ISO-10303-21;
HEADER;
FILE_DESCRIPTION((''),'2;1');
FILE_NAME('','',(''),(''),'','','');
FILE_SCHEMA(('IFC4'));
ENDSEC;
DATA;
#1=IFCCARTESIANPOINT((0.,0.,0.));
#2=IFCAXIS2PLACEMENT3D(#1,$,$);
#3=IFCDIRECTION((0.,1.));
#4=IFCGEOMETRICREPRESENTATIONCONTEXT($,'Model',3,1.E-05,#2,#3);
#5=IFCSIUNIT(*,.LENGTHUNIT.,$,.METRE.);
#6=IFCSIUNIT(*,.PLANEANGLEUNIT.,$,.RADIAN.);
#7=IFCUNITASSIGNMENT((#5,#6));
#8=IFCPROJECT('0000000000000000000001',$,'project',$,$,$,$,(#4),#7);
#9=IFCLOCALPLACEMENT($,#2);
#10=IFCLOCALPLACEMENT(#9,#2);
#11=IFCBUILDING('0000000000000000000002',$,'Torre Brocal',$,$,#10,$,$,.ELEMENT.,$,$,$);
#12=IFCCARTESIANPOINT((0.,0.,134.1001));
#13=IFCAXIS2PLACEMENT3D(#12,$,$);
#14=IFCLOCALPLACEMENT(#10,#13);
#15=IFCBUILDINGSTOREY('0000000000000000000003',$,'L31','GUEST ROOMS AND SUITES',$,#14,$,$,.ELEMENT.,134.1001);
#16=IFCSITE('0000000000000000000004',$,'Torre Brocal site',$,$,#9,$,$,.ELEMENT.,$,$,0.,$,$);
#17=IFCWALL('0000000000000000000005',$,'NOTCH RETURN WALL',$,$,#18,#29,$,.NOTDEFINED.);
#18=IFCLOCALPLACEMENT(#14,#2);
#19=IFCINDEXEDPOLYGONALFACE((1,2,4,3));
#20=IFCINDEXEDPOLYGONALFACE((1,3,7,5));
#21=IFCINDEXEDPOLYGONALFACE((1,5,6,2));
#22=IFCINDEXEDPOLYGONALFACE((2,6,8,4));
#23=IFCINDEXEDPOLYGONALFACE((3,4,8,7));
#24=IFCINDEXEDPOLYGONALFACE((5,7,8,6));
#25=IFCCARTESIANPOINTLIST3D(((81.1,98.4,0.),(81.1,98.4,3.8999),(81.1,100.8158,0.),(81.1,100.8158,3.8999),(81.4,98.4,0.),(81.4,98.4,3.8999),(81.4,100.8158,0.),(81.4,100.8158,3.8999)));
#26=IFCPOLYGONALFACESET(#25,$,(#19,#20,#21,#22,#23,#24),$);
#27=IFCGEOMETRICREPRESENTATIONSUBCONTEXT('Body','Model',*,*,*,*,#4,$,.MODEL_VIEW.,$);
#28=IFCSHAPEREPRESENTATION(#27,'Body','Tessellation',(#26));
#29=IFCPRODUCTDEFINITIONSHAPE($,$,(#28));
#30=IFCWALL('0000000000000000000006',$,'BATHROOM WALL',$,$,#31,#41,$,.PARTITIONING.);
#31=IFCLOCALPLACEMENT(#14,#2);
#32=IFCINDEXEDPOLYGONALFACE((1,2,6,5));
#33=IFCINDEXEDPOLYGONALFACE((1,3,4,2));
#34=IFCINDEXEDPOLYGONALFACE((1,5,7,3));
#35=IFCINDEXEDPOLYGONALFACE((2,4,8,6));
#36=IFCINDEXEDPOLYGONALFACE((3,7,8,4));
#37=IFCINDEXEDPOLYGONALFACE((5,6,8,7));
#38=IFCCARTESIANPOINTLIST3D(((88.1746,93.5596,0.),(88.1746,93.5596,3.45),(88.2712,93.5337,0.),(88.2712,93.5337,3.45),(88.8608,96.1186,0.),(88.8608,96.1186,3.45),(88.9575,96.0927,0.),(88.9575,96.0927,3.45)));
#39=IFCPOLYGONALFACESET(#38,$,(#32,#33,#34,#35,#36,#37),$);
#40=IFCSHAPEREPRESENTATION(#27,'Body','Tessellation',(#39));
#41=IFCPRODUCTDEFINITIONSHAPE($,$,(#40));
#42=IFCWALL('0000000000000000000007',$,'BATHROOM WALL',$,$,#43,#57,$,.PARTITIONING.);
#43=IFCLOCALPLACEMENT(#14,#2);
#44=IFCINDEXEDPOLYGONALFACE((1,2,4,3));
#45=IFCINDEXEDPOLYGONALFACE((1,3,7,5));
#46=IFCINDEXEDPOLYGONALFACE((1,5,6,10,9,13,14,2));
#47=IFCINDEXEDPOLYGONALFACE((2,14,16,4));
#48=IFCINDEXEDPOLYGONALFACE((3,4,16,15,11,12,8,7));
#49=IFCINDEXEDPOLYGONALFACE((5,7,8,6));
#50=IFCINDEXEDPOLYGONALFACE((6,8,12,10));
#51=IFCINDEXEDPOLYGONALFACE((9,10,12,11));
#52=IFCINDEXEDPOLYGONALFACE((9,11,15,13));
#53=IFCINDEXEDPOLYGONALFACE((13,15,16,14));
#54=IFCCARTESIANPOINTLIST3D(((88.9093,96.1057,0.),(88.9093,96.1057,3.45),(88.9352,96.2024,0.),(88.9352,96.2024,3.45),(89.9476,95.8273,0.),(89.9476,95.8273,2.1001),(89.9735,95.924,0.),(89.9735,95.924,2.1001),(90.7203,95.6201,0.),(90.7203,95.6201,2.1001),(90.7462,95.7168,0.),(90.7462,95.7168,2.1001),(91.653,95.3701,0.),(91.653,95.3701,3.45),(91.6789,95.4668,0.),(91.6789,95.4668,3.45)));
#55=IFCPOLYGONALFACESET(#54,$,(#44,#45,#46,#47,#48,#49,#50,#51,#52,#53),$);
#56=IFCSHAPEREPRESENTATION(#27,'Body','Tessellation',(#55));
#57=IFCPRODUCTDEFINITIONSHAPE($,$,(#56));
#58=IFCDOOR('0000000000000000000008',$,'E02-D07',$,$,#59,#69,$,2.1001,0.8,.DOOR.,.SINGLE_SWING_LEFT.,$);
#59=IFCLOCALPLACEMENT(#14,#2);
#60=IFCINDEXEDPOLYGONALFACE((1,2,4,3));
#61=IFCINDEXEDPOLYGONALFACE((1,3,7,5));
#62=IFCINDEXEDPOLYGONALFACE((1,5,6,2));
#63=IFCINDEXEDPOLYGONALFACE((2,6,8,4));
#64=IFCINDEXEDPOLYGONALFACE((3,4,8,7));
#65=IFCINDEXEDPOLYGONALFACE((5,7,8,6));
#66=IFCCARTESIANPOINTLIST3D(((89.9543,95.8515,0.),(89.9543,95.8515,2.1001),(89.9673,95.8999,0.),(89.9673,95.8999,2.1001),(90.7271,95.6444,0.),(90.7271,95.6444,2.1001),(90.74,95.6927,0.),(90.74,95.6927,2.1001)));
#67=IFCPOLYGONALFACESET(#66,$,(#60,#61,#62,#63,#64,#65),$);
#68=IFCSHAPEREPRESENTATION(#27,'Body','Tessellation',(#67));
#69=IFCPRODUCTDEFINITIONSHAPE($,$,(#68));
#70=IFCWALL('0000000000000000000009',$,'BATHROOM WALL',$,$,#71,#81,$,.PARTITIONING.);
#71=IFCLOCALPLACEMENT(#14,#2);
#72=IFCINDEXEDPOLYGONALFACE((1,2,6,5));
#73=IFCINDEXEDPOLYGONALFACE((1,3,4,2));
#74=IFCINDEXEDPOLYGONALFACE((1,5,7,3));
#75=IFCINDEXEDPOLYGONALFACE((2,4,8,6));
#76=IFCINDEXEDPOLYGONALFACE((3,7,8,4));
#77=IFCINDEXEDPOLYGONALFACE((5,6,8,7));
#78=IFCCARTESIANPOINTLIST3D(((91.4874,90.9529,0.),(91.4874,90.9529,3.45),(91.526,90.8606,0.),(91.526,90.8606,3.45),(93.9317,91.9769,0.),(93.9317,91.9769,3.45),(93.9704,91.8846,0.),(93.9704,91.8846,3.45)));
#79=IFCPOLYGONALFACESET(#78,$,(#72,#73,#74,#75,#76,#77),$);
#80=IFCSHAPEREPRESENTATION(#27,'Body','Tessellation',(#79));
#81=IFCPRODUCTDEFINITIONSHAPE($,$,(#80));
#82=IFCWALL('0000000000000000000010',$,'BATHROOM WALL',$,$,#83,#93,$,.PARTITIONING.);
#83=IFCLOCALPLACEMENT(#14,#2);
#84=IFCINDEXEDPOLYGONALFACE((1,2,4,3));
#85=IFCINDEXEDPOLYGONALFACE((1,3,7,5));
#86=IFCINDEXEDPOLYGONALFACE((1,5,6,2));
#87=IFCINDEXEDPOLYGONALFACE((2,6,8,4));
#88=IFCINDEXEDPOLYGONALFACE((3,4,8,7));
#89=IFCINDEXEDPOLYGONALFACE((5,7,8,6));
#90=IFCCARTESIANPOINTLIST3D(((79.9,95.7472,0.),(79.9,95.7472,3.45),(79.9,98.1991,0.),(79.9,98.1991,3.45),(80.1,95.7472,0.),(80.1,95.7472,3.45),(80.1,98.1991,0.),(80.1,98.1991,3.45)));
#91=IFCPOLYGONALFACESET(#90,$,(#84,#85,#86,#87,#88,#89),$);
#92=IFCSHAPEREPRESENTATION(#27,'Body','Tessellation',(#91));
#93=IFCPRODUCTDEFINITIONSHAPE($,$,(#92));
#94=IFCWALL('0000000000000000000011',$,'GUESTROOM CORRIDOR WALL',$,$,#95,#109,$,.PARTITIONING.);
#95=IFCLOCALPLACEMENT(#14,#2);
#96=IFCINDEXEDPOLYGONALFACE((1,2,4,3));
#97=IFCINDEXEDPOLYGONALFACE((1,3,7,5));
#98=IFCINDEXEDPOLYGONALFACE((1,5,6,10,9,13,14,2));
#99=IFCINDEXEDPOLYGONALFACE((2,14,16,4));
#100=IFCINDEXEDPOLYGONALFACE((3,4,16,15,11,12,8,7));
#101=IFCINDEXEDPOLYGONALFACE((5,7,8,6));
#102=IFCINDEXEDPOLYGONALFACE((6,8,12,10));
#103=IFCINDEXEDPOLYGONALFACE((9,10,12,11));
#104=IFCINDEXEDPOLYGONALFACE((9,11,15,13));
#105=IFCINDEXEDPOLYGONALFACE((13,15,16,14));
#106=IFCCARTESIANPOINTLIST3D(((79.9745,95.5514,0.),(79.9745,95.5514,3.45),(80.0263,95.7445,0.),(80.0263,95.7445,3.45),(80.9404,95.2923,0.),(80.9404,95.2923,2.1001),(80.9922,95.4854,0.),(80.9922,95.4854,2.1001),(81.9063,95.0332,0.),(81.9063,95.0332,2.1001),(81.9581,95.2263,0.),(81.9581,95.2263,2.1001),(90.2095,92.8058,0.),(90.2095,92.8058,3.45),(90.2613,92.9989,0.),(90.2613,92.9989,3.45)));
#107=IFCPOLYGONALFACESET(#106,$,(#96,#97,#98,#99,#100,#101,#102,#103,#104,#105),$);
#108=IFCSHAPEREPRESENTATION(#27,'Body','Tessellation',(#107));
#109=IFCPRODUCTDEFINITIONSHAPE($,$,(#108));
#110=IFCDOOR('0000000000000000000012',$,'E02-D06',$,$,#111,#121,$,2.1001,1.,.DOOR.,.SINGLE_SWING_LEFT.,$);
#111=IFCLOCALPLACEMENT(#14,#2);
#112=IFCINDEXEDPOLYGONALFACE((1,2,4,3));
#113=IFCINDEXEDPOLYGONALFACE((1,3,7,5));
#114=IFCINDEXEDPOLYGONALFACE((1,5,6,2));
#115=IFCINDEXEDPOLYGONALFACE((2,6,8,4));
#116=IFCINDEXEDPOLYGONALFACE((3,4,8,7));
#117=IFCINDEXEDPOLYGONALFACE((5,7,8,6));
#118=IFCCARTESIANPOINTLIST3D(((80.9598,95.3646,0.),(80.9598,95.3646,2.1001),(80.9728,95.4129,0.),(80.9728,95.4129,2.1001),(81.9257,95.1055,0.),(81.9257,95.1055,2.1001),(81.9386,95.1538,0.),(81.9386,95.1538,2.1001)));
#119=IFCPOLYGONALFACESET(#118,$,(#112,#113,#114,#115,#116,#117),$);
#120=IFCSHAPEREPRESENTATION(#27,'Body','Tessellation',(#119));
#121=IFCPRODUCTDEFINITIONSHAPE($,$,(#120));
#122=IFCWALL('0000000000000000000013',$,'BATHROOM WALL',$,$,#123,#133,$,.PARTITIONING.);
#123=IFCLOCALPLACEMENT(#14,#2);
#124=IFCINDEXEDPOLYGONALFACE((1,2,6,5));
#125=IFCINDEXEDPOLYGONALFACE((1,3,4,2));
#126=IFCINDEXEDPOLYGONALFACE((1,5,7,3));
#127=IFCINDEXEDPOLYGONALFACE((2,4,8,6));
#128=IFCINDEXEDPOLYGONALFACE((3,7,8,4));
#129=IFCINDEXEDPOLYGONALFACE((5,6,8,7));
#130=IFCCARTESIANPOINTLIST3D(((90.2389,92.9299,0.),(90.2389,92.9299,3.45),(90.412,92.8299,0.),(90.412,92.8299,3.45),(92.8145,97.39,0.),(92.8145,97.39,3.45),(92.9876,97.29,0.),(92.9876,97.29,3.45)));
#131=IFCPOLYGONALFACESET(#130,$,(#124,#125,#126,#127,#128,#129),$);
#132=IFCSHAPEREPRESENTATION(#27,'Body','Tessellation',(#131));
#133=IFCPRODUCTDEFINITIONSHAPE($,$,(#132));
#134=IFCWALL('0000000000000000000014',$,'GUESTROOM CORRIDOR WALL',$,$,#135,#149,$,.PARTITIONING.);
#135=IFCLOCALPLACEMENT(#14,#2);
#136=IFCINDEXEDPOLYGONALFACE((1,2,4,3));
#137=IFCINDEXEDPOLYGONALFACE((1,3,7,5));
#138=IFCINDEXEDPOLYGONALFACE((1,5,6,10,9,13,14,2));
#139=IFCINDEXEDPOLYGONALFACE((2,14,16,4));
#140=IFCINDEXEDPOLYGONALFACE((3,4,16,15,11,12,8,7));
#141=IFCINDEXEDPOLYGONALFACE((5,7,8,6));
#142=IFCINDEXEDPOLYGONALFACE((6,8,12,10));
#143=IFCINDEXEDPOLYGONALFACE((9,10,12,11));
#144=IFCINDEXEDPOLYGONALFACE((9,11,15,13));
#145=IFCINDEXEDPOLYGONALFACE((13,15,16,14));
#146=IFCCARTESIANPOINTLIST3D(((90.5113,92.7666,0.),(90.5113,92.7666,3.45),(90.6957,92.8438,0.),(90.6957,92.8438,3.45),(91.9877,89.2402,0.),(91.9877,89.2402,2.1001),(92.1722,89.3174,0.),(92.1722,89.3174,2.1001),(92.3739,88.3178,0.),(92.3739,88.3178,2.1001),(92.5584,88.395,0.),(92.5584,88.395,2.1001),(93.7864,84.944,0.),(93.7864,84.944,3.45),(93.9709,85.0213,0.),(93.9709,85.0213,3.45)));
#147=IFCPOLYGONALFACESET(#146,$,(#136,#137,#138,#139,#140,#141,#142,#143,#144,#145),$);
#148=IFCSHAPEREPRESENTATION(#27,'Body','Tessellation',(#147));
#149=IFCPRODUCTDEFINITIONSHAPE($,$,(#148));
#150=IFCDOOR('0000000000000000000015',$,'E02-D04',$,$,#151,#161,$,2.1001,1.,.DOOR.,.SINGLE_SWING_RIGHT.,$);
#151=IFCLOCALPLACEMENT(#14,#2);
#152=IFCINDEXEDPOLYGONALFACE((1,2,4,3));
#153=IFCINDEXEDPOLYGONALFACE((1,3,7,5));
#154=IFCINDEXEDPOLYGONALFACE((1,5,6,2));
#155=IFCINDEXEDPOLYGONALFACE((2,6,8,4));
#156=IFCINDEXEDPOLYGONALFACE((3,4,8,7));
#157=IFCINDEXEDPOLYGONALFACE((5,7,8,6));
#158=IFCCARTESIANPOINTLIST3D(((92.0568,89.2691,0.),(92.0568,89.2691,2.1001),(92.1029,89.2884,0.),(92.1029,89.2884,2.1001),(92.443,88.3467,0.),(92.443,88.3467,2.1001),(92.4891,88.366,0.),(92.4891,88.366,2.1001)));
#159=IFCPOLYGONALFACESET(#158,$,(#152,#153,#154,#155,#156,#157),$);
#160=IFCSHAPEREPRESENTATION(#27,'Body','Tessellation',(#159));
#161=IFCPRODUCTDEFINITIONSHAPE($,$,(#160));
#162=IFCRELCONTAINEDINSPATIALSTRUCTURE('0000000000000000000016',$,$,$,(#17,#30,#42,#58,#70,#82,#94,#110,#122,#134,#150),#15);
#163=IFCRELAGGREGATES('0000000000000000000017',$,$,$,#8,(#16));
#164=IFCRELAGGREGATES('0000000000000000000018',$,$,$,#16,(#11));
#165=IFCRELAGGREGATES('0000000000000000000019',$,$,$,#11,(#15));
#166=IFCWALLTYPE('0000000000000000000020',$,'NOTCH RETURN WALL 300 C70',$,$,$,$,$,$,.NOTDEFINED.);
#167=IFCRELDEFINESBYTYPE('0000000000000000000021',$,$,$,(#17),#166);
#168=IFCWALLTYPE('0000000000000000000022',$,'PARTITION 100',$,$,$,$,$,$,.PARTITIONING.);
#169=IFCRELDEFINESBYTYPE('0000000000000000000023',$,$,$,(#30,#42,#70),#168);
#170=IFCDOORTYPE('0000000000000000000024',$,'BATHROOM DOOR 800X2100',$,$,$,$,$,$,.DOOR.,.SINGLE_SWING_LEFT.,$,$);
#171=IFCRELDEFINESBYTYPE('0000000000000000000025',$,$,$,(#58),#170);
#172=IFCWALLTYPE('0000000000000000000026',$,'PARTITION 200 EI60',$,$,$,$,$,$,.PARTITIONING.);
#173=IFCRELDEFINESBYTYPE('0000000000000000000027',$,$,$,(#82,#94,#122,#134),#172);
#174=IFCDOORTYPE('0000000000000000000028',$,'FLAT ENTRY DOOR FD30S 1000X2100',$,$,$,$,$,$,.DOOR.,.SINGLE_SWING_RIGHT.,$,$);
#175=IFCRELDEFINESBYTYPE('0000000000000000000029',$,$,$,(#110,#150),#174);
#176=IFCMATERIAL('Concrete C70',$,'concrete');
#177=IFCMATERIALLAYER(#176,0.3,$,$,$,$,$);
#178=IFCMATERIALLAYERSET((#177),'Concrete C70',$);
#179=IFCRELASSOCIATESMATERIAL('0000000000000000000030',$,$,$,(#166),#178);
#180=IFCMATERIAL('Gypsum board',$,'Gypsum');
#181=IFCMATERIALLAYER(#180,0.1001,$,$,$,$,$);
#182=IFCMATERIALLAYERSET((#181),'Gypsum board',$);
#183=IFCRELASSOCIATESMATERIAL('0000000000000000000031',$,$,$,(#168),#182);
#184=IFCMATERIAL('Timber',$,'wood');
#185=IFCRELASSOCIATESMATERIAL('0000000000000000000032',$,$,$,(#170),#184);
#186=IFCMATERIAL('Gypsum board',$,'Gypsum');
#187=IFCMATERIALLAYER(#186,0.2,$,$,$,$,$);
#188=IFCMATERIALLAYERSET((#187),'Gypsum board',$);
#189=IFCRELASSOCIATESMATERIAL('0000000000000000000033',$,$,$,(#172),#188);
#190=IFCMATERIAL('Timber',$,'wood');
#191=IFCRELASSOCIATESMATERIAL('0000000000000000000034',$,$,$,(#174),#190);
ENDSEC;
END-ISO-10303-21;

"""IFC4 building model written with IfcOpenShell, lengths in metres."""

from ifc_helpers import new_model, si_unit, direction, frame, frame_2d, origin, place, context, subcontext, project, spatial, rectangle, extrude, material, layer, layer_set, type_object, element, fill, save


model = new_model("IFC4")

# Units and contexts
model_context = context("Model", 3, precision=1e-05, world=origin(), true_north=direction((0.0, 1.0)))
body_context = subcontext(model_context, "Body", "Model", "MODEL_VIEW")
ifc_project = project(units=[si_unit("LENGTHUNIT", "METRE"), si_unit("PLANEANGLEUNIT", "RADIAN")], contexts=[model_context])

# Site, building, storey
site_placement = place(None, origin())
site = spatial("IfcSite", under=ifc_project, at=site_placement, Name="Torre Brocal site", CompositionType="ELEMENT", RefElevation=0.0)
building_placement = place(site_placement, origin())
building = spatial("IfcBuilding", under=site, at=building_placement, Name="Torre Brocal", CompositionType="ELEMENT")
storey_placement = place(building_placement, frame((0.0, 0.0, 134.1001)))
storey = spatial("IfcBuildingStorey", under=building, at=storey_placement, Name="L31", Description="GUEST ROOMS AND SUITES", CompositionType="ELEMENT", Elevation=134.1001)

# Walls
ifc_material_1 = material(Name="Concrete C70", Category="concrete")
ifc_layer_1 = layer(ifc_material_1, 0.3)
ifc_layer_set_1 = layer_set([ifc_layer_1], Name="Concrete C70")
wall_type_1 = type_object("IfcWallType", Name="NOTCH RETURN WALL 300 C70", PredefinedType="NOTDEFINED", material=ifc_layer_set_1)
wall_1_placement = place(storey_placement, frame((81.25, 98.3999, 0.0), z_axis=(0.0, 0.0, 1.0), x_axis=(0.0, 1.0, 0.0)))
element("IfcWall", 1, at=wall_1_placement, inside=storey, type_object=wall_type_1, Name="NOTCH RETURN WALL", PredefinedType="NOTDEFINED", context=body_context, shape_type="SweptSolid", body=[
    extrude(rectangle(XDim=2.4158, YDim=0.3, at=frame_2d((1.208, 0.0))), origin(), (0.0, 0.0, 1.0), 3.8999),
])
ifc_material_2 = material(Name="Gypsum board", Category="Gypsum")
ifc_layer_2 = layer(ifc_material_2, 0.1001)
ifc_layer_set_2 = layer_set([ifc_layer_2], Name="Gypsum board")
wall_type_2 = type_object("IfcWallType", Name="PARTITION 100", PredefinedType="PARTITIONING", material=ifc_layer_set_2)
wall_2_placement = place(storey_placement, frame((88.2229, 93.5466, 0.0), z_axis=(0.0, 0.0, 1.0), x_axis=(0.259022, 0.965872, 0.0)))
element("IfcWall", 2, at=wall_2_placement, inside=storey, type_object=wall_type_2, Name="BATHROOM WALL", PredefinedType="PARTITIONING", context=body_context, shape_type="SweptSolid", body=[
    extrude(rectangle(XDim=2.6494, YDim=0.1001, at=frame_2d((1.3247, 0.0))), origin(), (0.0, 0.0, 1.0), 3.45),
])

# Wall, opening, door
wall_3_placement = place(storey_placement, frame((88.9221, 96.1541, 0.0), z_axis=(0.0, 0.0, 1.0), x_axis=(0.965887, -0.258962, 0.0)))
wall_3 = element("IfcWall", 3, at=wall_3_placement, inside=storey, type_object=wall_type_2, Name="BATHROOM WALL", PredefinedType="PARTITIONING", context=body_context, shape_type="SweptSolid", body=[
    extrude(rectangle(XDim=2.8406, YDim=0.1001, at=frame_2d((1.4204, 0.0))), origin(), (0.0, 0.0, 1.0), 3.45),
])
opening_1_placement = place(wall_3_placement, frame((1.0752, 0.0, 0.0)))
opening_1 = element("IfcOpeningElement", 4, at=opening_1_placement, cuts=wall_3, PredefinedType="OPENING", context=body_context, shape_type="SweptSolid", body=[
    extrude(rectangle(XDim=0.8, YDim=2.1001, at=frame_2d((0.3999, 1.05))), frame((0.0, 0.0601, 0.0), z_axis=(0.0, -1.0, 0.0), x_axis=(1.0, 0.0, 0.0)), (0.0, 0.0, 1.0), 0.1201),
])
ifc_material_3 = material(Name="Timber", Category="wood")
door_type_1 = type_object("IfcDoorType", Name="BATHROOM DOOR 800X2100", OperationType="SINGLE_SWING_LEFT", PredefinedType="DOOR", material=ifc_material_3)
door_1_placement = place(opening_1_placement, frame((0.8, 0.0, 0.0), z_axis=(0.0, 0.0, 1.0), x_axis=(-1.0, 0.0, 0.0)))
door_1 = element("IfcDoor", 5, at=door_1_placement, inside=storey, type_object=door_type_1, Name="E02-D07", OperationType="SINGLE_SWING_LEFT", OverallHeight=2.1001, OverallWidth=0.8, PredefinedType="DOOR", context=body_context, shape_type="SweptSolid", body=[
    extrude(rectangle(XDim=0.8, YDim=2.1001, at=frame_2d((0.3999, 1.05))), frame((0.0, 0.0249, 0.0), z_axis=(0.0, -1.0, 0.0), x_axis=(1.0, 0.0, 0.0)), (0.0, 0.0, 1.0), 0.05),
])
fill(opening_1, door_1)

# Walls
wall_4_placement = place(storey_placement, frame((91.5066, 90.9067, 0.0), z_axis=(0.0, 0.0, 1.0), x_axis=(0.922345, 0.386368, 0.0)))
element("IfcWall", 6, at=wall_4_placement, inside=storey, type_object=wall_type_2, Name="BATHROOM WALL", PredefinedType="PARTITIONING", context=body_context, shape_type="SweptSolid", body=[
    extrude(rectangle(XDim=2.6501, YDim=0.1001, at=frame_2d((1.3252, 0.0))), origin(), (0.0, 0.0, 1.0), 3.45),
])
ifc_material_4 = material(Name="Gypsum board", Category="Gypsum")
ifc_layer_3 = layer(ifc_material_4, 0.2)
ifc_layer_set_3 = layer_set([ifc_layer_3], Name="Gypsum board")
wall_type_3 = type_object("IfcWallType", Name="PARTITION 200 EI60", PredefinedType="PARTITIONING", material=ifc_layer_set_3)
wall_5_placement = place(storey_placement, frame((80.0, 95.7471, 0.0), z_axis=(0.0, 0.0, 1.0), x_axis=(0.0, 1.0, 0.0)))
element("IfcWall", 7, at=wall_5_placement, inside=storey, type_object=wall_type_3, Name="BATHROOM WALL", PredefinedType="PARTITIONING", context=body_context, shape_type="SweptSolid", body=[
    extrude(rectangle(XDim=2.4519, YDim=0.2, at=frame_2d((1.2261, 0.0))), origin(), (0.0, 0.0, 1.0), 3.45),
])

# Wall, opening, door
wall_6_placement = place(storey_placement, frame((80.0005, 95.6479, 0.0), z_axis=(0.0, 0.0, 1.0), x_axis=(0.965852, -0.259093, 0.0)))
wall_6 = element("IfcWall", 8, at=wall_6_placement, inside=storey, type_object=wall_type_3, Name="GUESTROOM CORRIDOR WALL", PredefinedType="PARTITIONING", context=body_context, shape_type="SweptSolid", body=[
    extrude(rectangle(XDim=10.5969, YDim=0.2, at=frame_2d((5.2983, 0.0))), origin(), (0.0, 0.0, 1.0), 3.45),
])
opening_2_placement = place(wall_6_placement, frame((1.0, 0.0, 0.0)))
opening_2 = element("IfcOpeningElement", 9, at=opening_2_placement, cuts=wall_6, PredefinedType="OPENING", context=body_context, shape_type="SweptSolid", body=[
    extrude(rectangle(XDim=1.0, YDim=2.1001, at=frame_2d((0.5, 1.05))), frame((0.0, 0.1099, 0.0), z_axis=(0.0, -1.0, 0.0), x_axis=(1.0, 0.0, 0.0)), (0.0, 0.0, 1.0), 0.22),
])
ifc_material_5 = material(Name="Timber", Category="wood")
door_type_2 = type_object("IfcDoorType", Name="FLAT ENTRY DOOR FD30S 1000X2100", OperationType="SINGLE_SWING_RIGHT", PredefinedType="DOOR", material=ifc_material_5)
door_2_placement = place(opening_2_placement, origin())
door_2 = element("IfcDoor", 10, at=door_2_placement, inside=storey, type_object=door_type_2, Name="E02-D06", OperationType="SINGLE_SWING_LEFT", OverallHeight=2.1001, OverallWidth=1.0, PredefinedType="DOOR", context=body_context, shape_type="SweptSolid", body=[
    extrude(rectangle(XDim=1.0, YDim=2.1001, at=frame_2d((0.5, 1.05))), frame((0.0, 0.0249, 0.0), z_axis=(0.0, -1.0, 0.0), x_axis=(1.0, 0.0, 0.0)), (0.0, 0.0, 1.0), 0.05),
])
fill(opening_2, door_2)

# Wall
wall_7_placement = place(storey_placement, frame((90.3254, 92.8799, 0.0), z_axis=(0.0, 0.0, 1.0), x_axis=(0.500085, 0.865976, 0.0)))
element("IfcWall", 11, at=wall_7_placement, inside=storey, type_object=wall_type_3, Name="BATHROOM WALL", PredefinedType="PARTITIONING", context=body_context, shape_type="SweptSolid", body=[
    extrude(rectangle(XDim=5.1504, YDim=0.2, at=frame_2d((2.5752, 0.0))), origin(), (0.0, 0.0, 1.0), 3.45),
])

# Wall, opening, door
wall_8_placement = place(storey_placement, frame((90.6035, 92.8052, 0.0), z_axis=(0.0, 0.0, 1.0), x_axis=(0.386199, -0.922415, 0.0)))
wall_8 = element("IfcWall", 12, at=wall_8_placement, inside=storey, type_object=wall_type_3, Name="GUESTROOM CORRIDOR WALL", PredefinedType="PARTITIONING", context=body_context, shape_type="SweptSolid", body=[
    extrude(rectangle(XDim=8.4805, YDim=0.2, at=frame_2d((4.2402, 0.0))), origin(), (0.0, 0.0, 1.0), 3.45),
])
opening_3_placement = place(wall_8_placement, frame((3.823, 0.0, 0.0)))
opening_3 = element("IfcOpeningElement", 13, at=opening_3_placement, cuts=wall_8, PredefinedType="OPENING", context=body_context, shape_type="SweptSolid", body=[
    extrude(rectangle(XDim=1.0, YDim=2.1001, at=frame_2d((0.5, 1.05))), frame((0.0, 0.1099, 0.0), z_axis=(0.0, -1.0, 0.0), x_axis=(1.0, 0.0, 0.0)), (0.0, 0.0, 1.0), 0.22),
])
door_3_placement = place(opening_3_placement, origin())
door_3 = element("IfcDoor", 14, at=door_3_placement, inside=storey, type_object=door_type_2, Name="E02-D04", OperationType="SINGLE_SWING_RIGHT", OverallHeight=2.1001, OverallWidth=1.0, PredefinedType="DOOR", context=body_context, shape_type="SweptSolid", body=[
    extrude(rectangle(XDim=1.0, YDim=2.1001, at=frame_2d((0.5, 1.05))), frame((0.0, 0.0249, 0.0), z_axis=(0.0, -1.0, 0.0), x_axis=(1.0, 0.0, 0.0)), (0.0, 0.0, 1.0), 0.05),
])
fill(opening_3, door_3)

save(model, "model.ifc")
